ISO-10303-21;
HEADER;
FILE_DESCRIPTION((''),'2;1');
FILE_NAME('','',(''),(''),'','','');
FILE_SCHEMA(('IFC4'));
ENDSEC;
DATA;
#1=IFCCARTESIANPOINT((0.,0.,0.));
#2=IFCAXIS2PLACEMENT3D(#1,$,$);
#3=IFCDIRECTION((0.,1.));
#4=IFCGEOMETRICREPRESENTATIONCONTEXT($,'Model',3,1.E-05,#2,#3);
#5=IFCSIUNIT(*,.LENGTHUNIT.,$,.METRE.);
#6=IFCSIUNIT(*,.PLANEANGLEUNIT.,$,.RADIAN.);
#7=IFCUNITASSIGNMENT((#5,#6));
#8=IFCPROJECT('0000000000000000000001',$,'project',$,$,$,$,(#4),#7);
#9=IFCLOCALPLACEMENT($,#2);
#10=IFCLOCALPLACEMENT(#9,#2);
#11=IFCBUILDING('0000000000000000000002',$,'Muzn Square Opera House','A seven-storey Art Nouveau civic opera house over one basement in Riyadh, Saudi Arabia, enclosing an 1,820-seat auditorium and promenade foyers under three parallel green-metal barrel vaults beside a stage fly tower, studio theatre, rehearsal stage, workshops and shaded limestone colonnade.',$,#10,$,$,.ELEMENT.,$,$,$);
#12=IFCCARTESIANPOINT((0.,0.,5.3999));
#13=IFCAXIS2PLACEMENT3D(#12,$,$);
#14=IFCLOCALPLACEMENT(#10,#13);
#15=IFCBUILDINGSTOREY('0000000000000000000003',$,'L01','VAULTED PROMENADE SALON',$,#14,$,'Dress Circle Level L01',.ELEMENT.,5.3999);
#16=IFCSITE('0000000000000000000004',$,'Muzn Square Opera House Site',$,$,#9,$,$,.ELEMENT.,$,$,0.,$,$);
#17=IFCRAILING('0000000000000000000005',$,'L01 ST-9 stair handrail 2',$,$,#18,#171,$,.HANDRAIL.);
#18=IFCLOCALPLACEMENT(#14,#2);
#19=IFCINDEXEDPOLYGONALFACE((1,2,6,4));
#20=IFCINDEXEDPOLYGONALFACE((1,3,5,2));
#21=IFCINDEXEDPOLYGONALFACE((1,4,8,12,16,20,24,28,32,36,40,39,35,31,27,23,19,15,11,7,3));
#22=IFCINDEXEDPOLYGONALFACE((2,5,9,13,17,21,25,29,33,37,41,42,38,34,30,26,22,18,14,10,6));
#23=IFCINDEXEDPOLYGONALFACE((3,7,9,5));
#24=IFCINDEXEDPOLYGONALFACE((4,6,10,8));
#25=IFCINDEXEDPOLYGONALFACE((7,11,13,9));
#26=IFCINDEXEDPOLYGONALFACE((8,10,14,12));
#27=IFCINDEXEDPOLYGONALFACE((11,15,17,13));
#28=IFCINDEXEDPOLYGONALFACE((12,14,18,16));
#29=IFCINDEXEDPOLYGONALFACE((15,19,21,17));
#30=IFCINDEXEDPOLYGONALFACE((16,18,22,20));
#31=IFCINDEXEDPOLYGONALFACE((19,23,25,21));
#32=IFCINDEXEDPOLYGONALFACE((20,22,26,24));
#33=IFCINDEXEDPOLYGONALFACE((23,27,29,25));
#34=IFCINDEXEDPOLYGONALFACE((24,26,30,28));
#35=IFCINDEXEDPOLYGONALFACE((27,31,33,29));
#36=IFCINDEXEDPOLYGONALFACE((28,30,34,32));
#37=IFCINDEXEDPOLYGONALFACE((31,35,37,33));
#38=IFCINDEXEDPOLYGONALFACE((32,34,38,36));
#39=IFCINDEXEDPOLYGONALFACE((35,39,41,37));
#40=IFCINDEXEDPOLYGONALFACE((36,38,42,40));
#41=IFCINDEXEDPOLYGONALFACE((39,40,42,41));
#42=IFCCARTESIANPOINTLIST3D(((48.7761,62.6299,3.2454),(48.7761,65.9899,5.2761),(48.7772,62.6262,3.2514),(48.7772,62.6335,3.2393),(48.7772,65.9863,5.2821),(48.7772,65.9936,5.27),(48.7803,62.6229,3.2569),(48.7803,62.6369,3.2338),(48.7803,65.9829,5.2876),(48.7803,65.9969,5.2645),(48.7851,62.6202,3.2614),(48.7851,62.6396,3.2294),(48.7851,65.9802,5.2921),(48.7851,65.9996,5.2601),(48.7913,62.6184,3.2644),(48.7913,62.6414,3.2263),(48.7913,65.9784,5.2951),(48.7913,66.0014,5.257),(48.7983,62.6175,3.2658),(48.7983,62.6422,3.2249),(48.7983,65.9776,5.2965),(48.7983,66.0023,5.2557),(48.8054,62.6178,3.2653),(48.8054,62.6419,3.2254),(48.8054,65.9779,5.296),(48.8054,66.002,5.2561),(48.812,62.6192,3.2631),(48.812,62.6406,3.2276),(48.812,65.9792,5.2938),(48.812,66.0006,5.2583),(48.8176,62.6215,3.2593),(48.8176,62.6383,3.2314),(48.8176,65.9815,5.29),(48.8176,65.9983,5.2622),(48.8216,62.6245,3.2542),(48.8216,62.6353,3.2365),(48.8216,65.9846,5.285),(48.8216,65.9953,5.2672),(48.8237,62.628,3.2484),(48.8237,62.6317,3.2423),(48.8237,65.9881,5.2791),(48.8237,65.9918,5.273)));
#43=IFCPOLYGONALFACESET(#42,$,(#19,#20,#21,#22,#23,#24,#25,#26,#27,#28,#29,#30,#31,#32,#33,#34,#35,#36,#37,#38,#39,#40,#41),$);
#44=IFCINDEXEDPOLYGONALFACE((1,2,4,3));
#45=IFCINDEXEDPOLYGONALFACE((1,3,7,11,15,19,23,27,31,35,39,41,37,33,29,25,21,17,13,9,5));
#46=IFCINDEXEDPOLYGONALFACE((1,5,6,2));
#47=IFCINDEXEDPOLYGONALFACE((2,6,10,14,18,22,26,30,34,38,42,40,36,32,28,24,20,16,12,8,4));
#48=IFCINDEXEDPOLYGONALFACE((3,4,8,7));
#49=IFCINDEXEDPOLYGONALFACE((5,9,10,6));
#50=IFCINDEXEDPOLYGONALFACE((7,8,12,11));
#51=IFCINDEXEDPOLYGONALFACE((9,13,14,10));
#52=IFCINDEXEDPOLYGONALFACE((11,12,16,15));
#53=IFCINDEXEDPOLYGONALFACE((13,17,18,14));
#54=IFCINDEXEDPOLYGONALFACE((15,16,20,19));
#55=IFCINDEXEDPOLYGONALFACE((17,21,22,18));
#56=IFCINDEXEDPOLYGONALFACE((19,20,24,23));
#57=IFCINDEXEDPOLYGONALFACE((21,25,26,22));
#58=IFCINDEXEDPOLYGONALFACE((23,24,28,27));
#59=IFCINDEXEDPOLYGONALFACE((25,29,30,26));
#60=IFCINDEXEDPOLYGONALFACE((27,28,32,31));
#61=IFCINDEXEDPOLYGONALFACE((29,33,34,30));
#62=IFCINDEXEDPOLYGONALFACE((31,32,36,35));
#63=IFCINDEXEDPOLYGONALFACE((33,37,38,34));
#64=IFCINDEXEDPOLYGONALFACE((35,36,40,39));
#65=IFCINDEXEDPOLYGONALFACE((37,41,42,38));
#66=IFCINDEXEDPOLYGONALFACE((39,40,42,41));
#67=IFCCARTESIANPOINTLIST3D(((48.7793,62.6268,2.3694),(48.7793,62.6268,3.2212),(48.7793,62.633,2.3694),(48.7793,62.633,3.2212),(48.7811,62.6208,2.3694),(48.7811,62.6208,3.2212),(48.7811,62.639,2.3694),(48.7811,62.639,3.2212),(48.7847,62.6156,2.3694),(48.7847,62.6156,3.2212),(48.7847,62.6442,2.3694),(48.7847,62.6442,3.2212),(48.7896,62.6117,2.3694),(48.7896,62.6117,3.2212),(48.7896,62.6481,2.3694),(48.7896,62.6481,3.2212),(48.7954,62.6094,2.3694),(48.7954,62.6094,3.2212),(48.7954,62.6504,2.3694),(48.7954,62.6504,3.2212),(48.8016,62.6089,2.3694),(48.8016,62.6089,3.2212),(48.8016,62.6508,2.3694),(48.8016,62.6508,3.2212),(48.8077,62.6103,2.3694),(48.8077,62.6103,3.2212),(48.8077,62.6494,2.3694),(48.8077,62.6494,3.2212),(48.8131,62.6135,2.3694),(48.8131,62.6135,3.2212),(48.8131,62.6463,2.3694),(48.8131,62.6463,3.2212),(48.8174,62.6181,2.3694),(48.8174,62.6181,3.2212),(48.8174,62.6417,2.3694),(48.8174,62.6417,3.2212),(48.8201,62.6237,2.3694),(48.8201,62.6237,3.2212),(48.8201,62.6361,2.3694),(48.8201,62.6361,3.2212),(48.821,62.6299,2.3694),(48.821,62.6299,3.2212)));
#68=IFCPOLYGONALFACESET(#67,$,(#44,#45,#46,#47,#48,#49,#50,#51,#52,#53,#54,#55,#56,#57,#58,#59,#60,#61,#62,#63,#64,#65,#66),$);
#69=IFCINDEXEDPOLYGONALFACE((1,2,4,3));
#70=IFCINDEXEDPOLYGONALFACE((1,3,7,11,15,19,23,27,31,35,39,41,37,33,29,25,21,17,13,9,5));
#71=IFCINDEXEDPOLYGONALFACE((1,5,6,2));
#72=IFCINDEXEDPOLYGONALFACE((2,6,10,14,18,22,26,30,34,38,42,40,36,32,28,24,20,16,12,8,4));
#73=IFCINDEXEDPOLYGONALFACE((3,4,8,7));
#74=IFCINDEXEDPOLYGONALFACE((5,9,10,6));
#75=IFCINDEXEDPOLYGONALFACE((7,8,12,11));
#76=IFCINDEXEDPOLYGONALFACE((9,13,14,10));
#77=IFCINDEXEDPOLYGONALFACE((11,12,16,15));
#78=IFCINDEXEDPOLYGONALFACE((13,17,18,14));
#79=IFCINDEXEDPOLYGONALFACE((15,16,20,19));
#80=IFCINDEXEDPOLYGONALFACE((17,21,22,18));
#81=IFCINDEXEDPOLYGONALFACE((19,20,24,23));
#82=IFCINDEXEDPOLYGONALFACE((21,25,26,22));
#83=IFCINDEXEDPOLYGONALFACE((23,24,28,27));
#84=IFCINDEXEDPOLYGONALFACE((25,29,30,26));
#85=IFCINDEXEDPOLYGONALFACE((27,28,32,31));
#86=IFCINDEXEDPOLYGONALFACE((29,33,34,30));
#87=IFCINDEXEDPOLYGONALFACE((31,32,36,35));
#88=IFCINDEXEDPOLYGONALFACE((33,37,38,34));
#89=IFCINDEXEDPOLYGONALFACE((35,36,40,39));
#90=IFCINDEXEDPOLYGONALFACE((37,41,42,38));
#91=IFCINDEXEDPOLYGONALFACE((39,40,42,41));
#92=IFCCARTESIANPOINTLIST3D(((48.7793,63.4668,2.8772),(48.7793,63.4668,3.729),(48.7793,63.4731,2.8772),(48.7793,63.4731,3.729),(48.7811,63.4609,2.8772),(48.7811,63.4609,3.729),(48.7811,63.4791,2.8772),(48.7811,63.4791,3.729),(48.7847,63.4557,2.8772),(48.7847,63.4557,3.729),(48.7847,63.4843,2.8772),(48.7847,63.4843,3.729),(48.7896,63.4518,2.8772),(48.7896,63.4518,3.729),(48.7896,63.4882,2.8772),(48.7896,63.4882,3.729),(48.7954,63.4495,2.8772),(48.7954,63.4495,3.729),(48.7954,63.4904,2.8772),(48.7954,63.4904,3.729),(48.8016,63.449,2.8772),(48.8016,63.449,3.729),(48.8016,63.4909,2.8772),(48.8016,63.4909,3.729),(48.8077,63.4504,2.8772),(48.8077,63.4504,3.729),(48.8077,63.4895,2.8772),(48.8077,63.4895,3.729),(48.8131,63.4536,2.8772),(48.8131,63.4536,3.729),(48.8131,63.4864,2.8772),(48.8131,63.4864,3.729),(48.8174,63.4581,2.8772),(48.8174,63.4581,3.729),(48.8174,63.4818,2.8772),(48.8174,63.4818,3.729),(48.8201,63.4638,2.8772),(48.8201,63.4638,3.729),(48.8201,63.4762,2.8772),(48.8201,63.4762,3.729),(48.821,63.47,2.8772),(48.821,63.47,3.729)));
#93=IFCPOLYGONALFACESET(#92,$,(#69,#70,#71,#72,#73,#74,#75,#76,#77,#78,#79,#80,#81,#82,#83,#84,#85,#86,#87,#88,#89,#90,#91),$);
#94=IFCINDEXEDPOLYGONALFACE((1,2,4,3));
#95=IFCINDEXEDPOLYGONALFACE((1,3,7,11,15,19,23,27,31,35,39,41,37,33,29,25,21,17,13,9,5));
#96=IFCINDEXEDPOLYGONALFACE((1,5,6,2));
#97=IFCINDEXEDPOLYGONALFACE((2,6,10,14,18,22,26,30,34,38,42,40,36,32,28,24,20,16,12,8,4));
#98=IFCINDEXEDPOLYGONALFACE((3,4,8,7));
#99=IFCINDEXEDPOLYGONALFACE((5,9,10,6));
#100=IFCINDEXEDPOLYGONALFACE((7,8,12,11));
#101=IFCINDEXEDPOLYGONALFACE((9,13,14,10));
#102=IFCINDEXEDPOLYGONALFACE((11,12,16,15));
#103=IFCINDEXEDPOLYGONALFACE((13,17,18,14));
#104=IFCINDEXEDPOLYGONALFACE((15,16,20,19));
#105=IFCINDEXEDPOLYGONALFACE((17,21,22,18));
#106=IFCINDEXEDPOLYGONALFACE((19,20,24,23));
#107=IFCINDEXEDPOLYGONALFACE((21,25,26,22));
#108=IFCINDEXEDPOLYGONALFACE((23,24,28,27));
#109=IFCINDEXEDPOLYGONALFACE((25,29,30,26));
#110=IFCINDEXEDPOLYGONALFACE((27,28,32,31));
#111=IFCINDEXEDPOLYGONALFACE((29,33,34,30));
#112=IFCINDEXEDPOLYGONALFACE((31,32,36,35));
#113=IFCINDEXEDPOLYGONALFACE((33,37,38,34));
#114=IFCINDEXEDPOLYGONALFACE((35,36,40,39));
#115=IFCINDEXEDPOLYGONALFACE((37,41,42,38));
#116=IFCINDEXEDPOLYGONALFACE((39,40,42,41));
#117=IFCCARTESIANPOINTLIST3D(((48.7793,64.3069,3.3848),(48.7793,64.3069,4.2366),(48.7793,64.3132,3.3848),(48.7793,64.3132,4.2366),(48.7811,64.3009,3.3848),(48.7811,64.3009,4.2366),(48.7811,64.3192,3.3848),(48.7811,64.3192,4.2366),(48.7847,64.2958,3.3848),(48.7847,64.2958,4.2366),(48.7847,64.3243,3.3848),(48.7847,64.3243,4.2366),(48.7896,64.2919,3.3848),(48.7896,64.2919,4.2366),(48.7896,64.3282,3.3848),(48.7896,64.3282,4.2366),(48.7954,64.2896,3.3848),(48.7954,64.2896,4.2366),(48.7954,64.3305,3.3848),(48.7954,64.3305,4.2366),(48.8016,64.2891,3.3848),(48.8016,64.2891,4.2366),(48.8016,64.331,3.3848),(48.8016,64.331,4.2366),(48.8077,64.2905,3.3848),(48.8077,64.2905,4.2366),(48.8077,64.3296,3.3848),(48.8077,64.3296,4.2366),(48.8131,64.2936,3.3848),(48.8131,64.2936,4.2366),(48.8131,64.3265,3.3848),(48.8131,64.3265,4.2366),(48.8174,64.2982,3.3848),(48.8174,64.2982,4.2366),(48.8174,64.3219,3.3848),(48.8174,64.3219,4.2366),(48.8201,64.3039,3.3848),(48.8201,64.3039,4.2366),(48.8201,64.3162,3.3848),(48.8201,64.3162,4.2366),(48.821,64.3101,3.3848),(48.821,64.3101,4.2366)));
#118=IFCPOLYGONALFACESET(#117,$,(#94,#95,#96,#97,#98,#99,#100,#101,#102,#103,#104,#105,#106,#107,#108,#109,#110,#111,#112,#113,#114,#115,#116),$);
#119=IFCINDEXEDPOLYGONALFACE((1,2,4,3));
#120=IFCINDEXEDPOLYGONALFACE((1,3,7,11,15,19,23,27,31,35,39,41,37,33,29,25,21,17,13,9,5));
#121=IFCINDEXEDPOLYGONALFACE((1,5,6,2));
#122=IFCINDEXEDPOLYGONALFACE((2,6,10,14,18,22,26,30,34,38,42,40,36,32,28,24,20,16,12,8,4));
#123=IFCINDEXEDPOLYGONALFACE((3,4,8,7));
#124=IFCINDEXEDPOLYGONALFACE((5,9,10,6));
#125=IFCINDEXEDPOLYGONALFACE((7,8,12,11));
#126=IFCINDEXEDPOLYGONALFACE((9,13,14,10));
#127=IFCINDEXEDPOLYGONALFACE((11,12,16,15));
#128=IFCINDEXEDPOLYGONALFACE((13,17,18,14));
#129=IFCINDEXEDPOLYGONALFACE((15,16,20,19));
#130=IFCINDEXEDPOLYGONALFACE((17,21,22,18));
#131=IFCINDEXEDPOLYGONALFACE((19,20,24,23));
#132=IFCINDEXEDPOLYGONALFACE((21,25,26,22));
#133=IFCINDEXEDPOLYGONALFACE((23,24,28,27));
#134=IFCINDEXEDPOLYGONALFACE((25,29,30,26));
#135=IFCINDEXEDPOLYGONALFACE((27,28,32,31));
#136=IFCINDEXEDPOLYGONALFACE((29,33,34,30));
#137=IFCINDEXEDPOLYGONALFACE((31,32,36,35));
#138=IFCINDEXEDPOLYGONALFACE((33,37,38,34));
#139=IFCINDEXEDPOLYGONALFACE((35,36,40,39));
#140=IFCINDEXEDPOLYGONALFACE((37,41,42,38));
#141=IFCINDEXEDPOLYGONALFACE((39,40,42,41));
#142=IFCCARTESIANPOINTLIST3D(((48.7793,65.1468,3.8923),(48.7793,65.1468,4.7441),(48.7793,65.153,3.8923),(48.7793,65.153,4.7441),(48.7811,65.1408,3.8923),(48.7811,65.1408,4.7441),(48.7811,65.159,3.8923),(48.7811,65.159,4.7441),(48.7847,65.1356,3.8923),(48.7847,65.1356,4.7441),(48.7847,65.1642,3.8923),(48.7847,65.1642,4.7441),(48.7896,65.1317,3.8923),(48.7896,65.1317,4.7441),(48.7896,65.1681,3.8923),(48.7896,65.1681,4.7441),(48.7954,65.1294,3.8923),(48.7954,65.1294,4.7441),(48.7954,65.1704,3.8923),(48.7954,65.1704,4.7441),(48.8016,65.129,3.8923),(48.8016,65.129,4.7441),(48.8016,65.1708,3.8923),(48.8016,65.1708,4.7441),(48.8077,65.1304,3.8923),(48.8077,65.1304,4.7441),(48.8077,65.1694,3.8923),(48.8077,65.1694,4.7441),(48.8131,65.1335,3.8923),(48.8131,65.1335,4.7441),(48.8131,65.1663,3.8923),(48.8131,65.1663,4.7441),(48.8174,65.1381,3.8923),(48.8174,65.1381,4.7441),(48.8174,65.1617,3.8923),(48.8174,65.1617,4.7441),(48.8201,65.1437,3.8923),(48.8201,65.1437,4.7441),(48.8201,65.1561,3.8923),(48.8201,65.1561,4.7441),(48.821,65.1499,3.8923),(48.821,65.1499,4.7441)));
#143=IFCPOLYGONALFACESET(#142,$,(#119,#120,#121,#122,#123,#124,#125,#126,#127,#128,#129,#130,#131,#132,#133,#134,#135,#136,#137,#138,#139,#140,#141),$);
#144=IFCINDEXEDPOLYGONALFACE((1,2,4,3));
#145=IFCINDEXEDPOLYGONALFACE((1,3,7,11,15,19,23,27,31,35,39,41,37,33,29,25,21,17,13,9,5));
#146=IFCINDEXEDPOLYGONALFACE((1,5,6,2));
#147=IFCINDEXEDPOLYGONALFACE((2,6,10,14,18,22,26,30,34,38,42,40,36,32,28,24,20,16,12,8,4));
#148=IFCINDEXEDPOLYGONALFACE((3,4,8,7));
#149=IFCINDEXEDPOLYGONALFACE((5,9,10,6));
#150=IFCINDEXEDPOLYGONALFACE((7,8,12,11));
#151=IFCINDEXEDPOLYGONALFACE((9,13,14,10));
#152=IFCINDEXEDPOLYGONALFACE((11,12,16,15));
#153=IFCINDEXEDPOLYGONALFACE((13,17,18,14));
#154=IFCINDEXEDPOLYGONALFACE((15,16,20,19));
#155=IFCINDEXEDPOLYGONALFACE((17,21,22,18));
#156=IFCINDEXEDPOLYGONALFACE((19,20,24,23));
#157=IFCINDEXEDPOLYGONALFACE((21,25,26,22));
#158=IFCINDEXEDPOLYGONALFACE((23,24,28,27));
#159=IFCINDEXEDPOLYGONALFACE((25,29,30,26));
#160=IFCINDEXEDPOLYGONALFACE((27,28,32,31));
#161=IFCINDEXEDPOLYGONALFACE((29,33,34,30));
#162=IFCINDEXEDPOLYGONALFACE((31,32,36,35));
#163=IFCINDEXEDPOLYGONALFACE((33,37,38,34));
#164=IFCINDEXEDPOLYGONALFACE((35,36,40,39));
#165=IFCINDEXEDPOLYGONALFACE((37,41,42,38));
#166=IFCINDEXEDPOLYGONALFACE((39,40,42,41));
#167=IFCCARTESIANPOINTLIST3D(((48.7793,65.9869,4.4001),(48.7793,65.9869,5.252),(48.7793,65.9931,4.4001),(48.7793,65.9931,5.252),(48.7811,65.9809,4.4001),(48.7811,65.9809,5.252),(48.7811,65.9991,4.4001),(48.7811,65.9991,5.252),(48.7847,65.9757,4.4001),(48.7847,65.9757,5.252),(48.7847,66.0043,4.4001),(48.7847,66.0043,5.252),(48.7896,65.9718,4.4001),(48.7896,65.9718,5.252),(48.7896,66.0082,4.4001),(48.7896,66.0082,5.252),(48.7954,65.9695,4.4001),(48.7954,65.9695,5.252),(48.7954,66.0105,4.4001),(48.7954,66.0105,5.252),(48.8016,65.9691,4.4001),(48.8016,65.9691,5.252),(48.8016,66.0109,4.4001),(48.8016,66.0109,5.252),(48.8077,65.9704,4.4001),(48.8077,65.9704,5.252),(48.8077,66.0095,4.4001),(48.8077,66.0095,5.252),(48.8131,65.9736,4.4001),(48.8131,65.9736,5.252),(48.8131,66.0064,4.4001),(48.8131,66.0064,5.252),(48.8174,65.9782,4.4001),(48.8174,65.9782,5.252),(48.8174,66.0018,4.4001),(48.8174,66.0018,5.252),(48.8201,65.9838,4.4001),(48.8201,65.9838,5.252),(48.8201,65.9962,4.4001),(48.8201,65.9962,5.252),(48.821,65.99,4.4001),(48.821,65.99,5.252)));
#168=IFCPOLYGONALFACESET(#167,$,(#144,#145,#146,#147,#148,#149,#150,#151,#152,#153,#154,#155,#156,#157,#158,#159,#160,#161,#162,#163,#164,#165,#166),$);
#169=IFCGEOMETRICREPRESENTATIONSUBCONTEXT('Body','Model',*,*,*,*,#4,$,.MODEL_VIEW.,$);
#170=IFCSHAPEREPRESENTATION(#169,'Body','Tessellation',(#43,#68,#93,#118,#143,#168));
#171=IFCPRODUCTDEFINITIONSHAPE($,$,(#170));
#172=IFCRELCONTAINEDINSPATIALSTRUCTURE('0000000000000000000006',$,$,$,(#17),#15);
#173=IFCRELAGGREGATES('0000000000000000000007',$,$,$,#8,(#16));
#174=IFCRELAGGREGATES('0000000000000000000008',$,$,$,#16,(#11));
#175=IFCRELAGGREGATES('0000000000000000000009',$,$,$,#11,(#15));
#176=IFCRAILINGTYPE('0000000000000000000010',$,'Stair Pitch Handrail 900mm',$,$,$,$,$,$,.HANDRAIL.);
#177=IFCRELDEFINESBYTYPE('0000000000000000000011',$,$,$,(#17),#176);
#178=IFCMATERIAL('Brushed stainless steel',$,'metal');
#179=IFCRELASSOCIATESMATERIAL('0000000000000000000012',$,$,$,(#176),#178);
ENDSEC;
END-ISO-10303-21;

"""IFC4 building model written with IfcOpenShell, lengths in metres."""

from ifc_helpers import new_model, si_unit, direction, frame, origin, origin_2d, place, context, subcontext, project, spatial, circle, extrude, material, type_object, element, save


model = new_model("IFC4")

# Units and contexts
model_context = context("Model", 3, precision=1e-05, world=origin(), true_north=direction((0.0, 1.0)))
body_context = subcontext(model_context, "Body", "Model", "MODEL_VIEW")
ifc_project = project(units=[si_unit("LENGTHUNIT", "METRE"), si_unit("PLANEANGLEUNIT", "RADIAN")], contexts=[model_context])

# Site, building, storey
site_placement = place(None, origin())
site = spatial("IfcSite", under=ifc_project, at=site_placement, Name="Muzn Square Opera House Site", CompositionType="ELEMENT", RefElevation=0.0)
building_placement = place(site_placement, origin())
building = spatial("IfcBuilding", under=site, at=building_placement, Name="Muzn Square Opera House", Description="A seven-storey Art Nouveau civic opera house over one basement in Riyadh, Saudi Arabia, enclosing an 1,820-seat auditorium and promenade foyers under three parallel green-metal barrel vaults beside a stage fly tower, studio theatre, rehearsal stage, workshops and shaded limestone colonnade.", CompositionType="ELEMENT")
storey_placement = place(building_placement, frame((0.0, 0.0, 5.3999)))
storey = spatial("IfcBuildingStorey", under=building, at=storey_placement, Name="L01", Description="VAULTED PROMENADE SALON", LongName="Dress Circle Level L01", CompositionType="ELEMENT", Elevation=5.3999)

# Railing
ifc_material_1 = material(Name="Brushed stainless steel", Category="metal")
railing_type_1 = type_object("IfcRailingType", Name="Stair Pitch Handrail 900mm", PredefinedType="HANDRAIL", material=ifc_material_1)
railing_1_placement = place(storey_placement, frame((48.8, 62.6299, 2.3694)))
element("IfcRailing", 1, at=railing_1_placement, inside=storey, type_object=railing_type_1, Name="L01 ST-9 stair handrail 2", PredefinedType="HANDRAIL", context=body_context, shape_type="SweptSolid", body=[
    extrude(circle(Radius=0.0239, at=origin_2d()), frame((0.0, 0.0, 0.876), z_axis=(0.0, 0.855837, 0.517246), x_axis=(-1.0, 0.0, 0.0)), (0.0, 0.0, 1.0), 3.926),
    extrude(circle(Radius=0.021, at=origin_2d()), origin(), (0.0, 0.0, 1.0), 0.8518),
    extrude(circle(Radius=0.021, at=origin_2d()), frame((0.0, 0.8401, 0.5078)), (0.0, 0.0, 1.0), 0.8518),
    extrude(circle(Radius=0.021, at=origin_2d()), frame((0.0, 1.6802, 1.0154)), (0.0, 0.0, 1.0), 0.8518),
    extrude(circle(Radius=0.021, at=origin_2d()), frame((0.0, 2.52, 1.5229)), (0.0, 0.0, 1.0), 0.8518),
    extrude(circle(Radius=0.021, at=origin_2d()), frame((0.0, 3.3601, 2.0308)), (0.0, 0.0, 1.0), 0.8518),
])

save(model, "model.ifc")
